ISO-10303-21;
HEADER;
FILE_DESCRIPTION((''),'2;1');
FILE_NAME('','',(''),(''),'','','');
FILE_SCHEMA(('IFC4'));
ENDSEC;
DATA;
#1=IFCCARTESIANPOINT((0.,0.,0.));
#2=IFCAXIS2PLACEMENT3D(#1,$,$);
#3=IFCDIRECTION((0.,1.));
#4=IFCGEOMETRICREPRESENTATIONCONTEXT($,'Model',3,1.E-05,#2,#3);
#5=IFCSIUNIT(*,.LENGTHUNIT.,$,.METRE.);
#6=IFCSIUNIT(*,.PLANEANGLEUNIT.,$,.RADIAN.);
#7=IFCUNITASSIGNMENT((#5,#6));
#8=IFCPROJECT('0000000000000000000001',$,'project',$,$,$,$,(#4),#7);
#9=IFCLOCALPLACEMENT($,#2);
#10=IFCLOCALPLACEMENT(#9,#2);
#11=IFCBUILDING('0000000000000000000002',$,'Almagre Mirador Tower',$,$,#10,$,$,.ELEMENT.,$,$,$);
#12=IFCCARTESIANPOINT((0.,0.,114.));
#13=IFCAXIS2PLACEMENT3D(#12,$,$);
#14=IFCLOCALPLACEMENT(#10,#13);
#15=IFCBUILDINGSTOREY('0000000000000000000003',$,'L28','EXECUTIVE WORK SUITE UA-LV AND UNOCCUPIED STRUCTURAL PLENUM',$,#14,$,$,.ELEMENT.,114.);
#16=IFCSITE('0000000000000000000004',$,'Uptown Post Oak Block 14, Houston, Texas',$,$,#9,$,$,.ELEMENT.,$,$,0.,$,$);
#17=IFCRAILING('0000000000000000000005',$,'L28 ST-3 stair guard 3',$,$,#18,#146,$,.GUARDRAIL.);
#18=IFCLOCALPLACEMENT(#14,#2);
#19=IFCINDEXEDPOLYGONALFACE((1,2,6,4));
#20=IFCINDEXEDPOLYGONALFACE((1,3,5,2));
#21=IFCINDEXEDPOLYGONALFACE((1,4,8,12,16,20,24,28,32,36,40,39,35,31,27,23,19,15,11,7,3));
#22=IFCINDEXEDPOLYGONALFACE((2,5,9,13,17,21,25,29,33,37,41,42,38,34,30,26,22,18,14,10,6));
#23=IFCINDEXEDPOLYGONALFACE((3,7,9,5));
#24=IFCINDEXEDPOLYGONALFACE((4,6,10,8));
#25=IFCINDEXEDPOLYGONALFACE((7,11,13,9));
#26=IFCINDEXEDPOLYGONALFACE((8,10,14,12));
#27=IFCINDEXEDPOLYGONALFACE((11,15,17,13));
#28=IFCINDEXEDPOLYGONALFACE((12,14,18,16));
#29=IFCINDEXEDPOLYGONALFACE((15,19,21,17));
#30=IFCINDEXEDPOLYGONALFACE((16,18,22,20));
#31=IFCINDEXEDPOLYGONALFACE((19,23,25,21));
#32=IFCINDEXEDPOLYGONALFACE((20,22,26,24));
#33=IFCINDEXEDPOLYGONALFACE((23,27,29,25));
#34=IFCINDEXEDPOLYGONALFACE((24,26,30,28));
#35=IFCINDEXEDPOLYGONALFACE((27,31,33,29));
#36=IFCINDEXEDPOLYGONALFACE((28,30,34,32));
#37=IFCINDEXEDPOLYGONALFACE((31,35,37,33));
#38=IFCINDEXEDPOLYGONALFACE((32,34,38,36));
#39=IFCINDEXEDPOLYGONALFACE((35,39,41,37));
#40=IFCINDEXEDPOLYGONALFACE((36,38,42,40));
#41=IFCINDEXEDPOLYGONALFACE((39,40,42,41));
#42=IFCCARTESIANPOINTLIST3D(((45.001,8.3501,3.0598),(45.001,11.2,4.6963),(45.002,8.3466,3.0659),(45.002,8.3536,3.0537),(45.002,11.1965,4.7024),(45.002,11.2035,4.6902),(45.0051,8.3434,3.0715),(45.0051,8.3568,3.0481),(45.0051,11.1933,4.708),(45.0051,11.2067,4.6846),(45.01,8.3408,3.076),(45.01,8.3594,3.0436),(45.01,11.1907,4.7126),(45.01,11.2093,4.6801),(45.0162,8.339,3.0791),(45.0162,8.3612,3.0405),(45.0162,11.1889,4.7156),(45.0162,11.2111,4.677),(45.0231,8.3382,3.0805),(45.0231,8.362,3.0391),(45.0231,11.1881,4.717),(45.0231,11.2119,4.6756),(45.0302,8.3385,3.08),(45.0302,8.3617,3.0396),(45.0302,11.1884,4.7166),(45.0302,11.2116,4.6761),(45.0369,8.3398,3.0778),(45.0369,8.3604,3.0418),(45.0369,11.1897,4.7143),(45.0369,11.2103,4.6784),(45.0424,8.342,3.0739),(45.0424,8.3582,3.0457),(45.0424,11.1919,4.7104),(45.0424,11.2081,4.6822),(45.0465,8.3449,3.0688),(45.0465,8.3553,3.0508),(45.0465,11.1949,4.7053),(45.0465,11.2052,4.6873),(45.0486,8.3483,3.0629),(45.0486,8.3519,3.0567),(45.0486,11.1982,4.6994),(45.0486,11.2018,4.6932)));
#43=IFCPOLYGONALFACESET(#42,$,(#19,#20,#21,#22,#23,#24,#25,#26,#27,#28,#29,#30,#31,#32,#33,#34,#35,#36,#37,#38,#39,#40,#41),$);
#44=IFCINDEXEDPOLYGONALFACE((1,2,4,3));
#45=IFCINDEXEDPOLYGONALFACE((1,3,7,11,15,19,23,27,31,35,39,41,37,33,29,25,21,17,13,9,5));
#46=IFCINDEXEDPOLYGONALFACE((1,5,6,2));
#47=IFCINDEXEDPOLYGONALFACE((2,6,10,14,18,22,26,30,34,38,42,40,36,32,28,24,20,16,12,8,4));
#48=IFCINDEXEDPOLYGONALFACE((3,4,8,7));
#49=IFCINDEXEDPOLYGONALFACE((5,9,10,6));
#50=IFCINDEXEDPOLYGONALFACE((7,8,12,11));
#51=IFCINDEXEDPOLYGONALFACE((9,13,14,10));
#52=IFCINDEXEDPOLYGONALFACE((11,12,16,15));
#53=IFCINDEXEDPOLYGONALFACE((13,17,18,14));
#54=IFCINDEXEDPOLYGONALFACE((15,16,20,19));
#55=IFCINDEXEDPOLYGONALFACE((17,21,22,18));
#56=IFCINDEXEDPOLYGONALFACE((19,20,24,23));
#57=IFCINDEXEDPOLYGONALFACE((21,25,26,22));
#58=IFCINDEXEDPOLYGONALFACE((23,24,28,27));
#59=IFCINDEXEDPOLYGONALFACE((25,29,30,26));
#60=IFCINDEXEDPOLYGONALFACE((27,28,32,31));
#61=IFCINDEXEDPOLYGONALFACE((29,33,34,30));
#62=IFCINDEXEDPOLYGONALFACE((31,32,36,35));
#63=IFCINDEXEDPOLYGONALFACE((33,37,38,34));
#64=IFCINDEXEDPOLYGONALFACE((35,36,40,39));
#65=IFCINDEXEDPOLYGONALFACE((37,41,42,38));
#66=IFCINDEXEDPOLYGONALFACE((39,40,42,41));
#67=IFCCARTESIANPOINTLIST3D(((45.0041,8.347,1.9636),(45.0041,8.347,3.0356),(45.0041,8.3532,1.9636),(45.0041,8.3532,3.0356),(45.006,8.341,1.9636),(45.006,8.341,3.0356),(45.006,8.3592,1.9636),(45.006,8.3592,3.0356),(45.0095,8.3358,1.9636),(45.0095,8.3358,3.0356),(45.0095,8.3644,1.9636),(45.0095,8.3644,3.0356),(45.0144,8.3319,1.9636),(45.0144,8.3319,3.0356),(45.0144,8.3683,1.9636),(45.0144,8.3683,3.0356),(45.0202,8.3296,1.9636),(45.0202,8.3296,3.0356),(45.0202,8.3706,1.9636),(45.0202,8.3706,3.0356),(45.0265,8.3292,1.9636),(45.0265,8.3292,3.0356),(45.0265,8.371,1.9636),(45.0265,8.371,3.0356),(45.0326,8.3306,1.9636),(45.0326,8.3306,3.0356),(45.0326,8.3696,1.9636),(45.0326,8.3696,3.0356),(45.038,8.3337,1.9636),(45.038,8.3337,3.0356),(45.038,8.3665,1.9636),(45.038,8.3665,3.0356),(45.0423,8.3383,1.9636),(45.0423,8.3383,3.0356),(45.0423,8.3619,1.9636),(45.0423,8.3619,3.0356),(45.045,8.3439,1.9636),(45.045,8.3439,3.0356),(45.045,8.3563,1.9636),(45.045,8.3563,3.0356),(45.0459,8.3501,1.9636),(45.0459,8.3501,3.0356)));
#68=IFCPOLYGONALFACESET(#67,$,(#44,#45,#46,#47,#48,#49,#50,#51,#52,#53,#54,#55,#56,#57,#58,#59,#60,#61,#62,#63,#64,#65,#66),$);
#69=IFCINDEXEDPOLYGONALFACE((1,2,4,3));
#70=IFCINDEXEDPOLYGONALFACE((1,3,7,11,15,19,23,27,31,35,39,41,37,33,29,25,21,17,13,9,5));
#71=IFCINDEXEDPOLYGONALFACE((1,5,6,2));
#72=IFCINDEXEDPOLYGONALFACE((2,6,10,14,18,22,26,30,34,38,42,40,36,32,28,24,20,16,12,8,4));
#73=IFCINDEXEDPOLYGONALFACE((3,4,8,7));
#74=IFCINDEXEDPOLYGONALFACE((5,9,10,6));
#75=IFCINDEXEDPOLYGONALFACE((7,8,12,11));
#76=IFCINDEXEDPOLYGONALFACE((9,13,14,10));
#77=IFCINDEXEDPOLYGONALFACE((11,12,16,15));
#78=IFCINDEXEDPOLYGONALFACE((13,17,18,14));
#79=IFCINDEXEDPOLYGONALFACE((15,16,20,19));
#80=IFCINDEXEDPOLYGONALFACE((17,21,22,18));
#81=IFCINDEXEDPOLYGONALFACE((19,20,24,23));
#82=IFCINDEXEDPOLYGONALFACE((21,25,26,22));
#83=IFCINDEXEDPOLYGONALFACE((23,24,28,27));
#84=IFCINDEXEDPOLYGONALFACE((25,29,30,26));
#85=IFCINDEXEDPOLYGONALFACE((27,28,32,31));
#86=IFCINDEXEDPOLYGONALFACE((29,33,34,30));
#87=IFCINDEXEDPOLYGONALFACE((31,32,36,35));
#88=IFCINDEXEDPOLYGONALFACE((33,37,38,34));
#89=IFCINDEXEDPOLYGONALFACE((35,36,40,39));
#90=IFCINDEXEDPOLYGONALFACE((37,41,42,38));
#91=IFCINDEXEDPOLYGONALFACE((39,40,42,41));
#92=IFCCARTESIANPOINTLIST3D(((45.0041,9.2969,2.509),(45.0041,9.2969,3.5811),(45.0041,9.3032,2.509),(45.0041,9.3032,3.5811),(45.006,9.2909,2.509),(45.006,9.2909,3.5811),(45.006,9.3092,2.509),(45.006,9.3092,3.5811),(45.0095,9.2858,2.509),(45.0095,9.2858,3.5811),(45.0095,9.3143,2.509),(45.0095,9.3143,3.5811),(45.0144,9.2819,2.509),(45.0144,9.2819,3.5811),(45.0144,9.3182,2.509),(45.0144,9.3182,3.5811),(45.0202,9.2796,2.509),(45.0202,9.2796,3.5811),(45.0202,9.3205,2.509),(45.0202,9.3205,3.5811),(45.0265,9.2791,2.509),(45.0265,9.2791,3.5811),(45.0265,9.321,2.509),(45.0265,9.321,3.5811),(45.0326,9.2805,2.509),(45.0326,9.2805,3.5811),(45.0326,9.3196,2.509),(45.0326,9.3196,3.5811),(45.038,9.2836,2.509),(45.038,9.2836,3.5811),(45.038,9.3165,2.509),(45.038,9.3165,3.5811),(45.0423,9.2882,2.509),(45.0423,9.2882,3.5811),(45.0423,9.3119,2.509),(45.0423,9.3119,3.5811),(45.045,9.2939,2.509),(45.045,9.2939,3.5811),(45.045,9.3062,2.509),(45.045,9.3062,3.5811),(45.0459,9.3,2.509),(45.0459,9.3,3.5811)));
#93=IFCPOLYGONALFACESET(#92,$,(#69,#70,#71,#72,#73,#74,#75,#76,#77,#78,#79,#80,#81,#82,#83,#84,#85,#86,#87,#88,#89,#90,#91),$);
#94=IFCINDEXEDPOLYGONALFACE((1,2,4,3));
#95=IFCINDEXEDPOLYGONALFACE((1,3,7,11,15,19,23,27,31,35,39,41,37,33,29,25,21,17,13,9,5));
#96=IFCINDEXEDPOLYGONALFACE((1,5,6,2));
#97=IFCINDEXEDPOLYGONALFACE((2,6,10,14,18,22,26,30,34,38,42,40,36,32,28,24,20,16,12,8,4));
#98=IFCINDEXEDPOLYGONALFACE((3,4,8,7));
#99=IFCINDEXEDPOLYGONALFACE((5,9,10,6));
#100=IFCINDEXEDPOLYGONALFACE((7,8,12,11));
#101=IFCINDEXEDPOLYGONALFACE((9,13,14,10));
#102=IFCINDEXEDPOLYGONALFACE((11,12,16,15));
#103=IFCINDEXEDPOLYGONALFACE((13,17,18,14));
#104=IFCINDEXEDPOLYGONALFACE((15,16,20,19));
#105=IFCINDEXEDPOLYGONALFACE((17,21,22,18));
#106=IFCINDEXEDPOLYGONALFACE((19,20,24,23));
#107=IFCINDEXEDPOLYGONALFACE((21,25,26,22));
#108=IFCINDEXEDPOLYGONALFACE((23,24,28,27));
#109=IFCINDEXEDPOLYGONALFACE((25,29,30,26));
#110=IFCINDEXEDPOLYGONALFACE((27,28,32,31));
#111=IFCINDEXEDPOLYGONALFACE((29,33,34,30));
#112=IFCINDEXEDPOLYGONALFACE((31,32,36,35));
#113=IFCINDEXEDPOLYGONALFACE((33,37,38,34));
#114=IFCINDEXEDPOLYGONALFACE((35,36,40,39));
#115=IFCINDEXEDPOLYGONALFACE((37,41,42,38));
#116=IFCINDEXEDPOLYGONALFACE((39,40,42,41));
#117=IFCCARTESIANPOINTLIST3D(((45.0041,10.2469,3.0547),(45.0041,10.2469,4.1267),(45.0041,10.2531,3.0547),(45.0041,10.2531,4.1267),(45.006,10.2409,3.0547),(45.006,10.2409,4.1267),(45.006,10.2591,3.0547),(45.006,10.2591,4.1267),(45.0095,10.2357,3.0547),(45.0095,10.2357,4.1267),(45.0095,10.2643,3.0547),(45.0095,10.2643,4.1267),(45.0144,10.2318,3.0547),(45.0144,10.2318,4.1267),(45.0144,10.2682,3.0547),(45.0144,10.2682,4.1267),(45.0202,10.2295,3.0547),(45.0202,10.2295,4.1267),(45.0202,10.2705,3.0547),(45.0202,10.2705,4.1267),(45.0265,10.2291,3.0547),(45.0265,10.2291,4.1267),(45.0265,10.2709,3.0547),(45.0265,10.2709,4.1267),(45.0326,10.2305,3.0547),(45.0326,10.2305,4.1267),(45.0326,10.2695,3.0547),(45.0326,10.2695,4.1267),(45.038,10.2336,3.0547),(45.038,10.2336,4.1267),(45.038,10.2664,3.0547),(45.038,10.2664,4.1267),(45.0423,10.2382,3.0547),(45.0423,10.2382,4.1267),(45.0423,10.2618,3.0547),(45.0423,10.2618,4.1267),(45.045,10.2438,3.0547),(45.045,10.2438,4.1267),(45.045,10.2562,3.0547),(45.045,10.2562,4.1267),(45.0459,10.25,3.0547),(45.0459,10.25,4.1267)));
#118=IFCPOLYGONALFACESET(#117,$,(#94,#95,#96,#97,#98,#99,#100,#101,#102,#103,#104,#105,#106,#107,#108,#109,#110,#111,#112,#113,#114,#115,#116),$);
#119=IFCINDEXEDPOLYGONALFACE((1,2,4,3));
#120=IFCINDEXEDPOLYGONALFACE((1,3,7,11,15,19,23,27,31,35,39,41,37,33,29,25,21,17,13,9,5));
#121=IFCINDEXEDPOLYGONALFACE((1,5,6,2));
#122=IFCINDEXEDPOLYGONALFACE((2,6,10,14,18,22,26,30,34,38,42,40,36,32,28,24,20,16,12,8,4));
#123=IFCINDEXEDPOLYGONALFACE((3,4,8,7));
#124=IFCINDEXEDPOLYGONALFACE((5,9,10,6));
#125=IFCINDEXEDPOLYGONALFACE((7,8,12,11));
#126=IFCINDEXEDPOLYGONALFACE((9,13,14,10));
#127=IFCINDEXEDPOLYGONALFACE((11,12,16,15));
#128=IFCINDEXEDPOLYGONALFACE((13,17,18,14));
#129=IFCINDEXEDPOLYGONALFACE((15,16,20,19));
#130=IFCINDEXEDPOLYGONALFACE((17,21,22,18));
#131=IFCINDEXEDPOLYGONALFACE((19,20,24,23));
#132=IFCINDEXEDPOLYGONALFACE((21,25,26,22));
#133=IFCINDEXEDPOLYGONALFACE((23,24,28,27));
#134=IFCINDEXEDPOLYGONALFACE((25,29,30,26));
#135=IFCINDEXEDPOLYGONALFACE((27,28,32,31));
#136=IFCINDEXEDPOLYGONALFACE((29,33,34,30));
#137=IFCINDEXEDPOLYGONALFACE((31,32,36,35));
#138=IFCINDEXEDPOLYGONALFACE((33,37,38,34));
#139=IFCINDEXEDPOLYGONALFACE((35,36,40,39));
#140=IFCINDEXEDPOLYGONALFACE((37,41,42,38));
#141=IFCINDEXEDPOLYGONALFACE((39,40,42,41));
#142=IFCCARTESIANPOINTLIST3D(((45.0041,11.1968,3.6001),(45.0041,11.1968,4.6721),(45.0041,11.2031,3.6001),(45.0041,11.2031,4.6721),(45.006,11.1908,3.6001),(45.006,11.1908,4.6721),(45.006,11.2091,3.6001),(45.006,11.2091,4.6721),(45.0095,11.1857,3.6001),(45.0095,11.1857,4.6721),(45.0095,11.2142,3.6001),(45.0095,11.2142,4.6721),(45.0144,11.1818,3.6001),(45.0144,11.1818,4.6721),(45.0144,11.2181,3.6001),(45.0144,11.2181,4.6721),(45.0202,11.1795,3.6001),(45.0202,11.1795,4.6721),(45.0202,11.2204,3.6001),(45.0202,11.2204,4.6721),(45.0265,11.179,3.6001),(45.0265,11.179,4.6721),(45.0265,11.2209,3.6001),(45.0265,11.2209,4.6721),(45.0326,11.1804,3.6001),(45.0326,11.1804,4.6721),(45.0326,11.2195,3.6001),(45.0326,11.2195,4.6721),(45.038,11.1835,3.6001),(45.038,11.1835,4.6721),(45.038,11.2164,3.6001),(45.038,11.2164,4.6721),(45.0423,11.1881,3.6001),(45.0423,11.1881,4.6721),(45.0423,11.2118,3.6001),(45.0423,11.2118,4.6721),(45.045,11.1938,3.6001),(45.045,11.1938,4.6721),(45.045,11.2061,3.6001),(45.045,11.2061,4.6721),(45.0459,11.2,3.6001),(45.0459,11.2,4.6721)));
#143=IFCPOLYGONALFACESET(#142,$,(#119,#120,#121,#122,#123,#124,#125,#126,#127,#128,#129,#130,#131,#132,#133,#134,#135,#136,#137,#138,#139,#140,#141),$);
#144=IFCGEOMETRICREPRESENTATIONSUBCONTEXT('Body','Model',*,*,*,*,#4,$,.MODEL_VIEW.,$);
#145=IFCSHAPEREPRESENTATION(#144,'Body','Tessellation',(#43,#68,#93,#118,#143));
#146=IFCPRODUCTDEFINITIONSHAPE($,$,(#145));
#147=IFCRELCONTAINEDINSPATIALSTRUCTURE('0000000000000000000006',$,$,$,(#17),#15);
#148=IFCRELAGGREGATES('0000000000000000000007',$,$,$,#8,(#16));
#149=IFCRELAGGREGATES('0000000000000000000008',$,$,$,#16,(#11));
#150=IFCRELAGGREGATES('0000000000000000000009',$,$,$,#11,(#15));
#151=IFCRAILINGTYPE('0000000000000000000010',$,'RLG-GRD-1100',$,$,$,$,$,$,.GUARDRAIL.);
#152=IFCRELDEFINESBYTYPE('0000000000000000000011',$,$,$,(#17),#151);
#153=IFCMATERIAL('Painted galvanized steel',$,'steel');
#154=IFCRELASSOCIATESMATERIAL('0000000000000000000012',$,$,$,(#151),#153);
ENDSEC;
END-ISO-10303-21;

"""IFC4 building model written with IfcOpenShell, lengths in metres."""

from ifc_helpers import new_model, si_unit, direction, frame, origin, origin_2d, place, context, subcontext, project, spatial, circle, extrude, material, type_object, element, save


model = new_model("IFC4")

# Units and contexts
model_context = context("Model", 3, precision=1e-05, world=origin(), true_north=direction((0.0, 1.0)))
body_context = subcontext(model_context, "Body", "Model", "MODEL_VIEW")
ifc_project = project(units=[si_unit("LENGTHUNIT", "METRE"), si_unit("PLANEANGLEUNIT", "RADIAN")], contexts=[model_context])

# Site, building, storey
site_placement = place(None, origin())
site = spatial("IfcSite", under=ifc_project, at=site_placement, Name="Uptown Post Oak Block 14, Houston, Texas", CompositionType="ELEMENT", RefElevation=0.0)
building_placement = place(site_placement, origin())
building = spatial("IfcBuilding", under=site, at=building_placement, Name="Almagre Mirador Tower", CompositionType="ELEMENT")
storey_placement = place(building_placement, frame((0.0, 0.0, 114.0)))
storey = spatial("IfcBuildingStorey", under=building, at=storey_placement, Name="L28", Description="EXECUTIVE WORK SUITE UA-LV AND UNOCCUPIED STRUCTURAL PLENUM", CompositionType="ELEMENT", Elevation=114.0)

# Railing
ifc_material_1 = material(Name="Painted galvanized steel", Category="steel")
railing_type_1 = type_object("IfcRailingType", Name="RLG-GRD-1100", PredefinedType="GUARDRAIL", material=ifc_material_1)
railing_1_placement = place(storey_placement, frame((45.0249, 8.3501, 1.9636)))
element("IfcRailing", 1, at=railing_1_placement, inside=storey, type_object=railing_type_1, Name="L28 ST-3 stair guard 3", PredefinedType="GUARDRAIL", context=body_context, shape_type="SweptSolid", body=[
    extrude(circle(Radius=0.0239, at=origin_2d()), frame((0.0, 0.0, 1.0962), z_axis=(0.0, 0.867194, 0.49797), x_axis=(-1.0, 0.0, 0.0)), (0.0, 0.0, 1.0), 3.2864),
    extrude(circle(Radius=0.021, at=origin_2d()), origin(), (0.0, 0.0, 1.0), 1.072),
    extrude(circle(Radius=0.021, at=origin_2d()), frame((0.0, 0.95, 0.5454)), (0.0, 0.0, 1.0), 1.072),
    extrude(circle(Radius=0.021, at=origin_2d()), frame((0.0, 1.8999, 1.0911)), (0.0, 0.0, 1.0), 1.072),
    extrude(circle(Radius=0.021, at=origin_2d()), frame((0.0, 2.8499, 1.6365)), (0.0, 0.0, 1.0), 1.072),
])

save(model, "model.ifc")
